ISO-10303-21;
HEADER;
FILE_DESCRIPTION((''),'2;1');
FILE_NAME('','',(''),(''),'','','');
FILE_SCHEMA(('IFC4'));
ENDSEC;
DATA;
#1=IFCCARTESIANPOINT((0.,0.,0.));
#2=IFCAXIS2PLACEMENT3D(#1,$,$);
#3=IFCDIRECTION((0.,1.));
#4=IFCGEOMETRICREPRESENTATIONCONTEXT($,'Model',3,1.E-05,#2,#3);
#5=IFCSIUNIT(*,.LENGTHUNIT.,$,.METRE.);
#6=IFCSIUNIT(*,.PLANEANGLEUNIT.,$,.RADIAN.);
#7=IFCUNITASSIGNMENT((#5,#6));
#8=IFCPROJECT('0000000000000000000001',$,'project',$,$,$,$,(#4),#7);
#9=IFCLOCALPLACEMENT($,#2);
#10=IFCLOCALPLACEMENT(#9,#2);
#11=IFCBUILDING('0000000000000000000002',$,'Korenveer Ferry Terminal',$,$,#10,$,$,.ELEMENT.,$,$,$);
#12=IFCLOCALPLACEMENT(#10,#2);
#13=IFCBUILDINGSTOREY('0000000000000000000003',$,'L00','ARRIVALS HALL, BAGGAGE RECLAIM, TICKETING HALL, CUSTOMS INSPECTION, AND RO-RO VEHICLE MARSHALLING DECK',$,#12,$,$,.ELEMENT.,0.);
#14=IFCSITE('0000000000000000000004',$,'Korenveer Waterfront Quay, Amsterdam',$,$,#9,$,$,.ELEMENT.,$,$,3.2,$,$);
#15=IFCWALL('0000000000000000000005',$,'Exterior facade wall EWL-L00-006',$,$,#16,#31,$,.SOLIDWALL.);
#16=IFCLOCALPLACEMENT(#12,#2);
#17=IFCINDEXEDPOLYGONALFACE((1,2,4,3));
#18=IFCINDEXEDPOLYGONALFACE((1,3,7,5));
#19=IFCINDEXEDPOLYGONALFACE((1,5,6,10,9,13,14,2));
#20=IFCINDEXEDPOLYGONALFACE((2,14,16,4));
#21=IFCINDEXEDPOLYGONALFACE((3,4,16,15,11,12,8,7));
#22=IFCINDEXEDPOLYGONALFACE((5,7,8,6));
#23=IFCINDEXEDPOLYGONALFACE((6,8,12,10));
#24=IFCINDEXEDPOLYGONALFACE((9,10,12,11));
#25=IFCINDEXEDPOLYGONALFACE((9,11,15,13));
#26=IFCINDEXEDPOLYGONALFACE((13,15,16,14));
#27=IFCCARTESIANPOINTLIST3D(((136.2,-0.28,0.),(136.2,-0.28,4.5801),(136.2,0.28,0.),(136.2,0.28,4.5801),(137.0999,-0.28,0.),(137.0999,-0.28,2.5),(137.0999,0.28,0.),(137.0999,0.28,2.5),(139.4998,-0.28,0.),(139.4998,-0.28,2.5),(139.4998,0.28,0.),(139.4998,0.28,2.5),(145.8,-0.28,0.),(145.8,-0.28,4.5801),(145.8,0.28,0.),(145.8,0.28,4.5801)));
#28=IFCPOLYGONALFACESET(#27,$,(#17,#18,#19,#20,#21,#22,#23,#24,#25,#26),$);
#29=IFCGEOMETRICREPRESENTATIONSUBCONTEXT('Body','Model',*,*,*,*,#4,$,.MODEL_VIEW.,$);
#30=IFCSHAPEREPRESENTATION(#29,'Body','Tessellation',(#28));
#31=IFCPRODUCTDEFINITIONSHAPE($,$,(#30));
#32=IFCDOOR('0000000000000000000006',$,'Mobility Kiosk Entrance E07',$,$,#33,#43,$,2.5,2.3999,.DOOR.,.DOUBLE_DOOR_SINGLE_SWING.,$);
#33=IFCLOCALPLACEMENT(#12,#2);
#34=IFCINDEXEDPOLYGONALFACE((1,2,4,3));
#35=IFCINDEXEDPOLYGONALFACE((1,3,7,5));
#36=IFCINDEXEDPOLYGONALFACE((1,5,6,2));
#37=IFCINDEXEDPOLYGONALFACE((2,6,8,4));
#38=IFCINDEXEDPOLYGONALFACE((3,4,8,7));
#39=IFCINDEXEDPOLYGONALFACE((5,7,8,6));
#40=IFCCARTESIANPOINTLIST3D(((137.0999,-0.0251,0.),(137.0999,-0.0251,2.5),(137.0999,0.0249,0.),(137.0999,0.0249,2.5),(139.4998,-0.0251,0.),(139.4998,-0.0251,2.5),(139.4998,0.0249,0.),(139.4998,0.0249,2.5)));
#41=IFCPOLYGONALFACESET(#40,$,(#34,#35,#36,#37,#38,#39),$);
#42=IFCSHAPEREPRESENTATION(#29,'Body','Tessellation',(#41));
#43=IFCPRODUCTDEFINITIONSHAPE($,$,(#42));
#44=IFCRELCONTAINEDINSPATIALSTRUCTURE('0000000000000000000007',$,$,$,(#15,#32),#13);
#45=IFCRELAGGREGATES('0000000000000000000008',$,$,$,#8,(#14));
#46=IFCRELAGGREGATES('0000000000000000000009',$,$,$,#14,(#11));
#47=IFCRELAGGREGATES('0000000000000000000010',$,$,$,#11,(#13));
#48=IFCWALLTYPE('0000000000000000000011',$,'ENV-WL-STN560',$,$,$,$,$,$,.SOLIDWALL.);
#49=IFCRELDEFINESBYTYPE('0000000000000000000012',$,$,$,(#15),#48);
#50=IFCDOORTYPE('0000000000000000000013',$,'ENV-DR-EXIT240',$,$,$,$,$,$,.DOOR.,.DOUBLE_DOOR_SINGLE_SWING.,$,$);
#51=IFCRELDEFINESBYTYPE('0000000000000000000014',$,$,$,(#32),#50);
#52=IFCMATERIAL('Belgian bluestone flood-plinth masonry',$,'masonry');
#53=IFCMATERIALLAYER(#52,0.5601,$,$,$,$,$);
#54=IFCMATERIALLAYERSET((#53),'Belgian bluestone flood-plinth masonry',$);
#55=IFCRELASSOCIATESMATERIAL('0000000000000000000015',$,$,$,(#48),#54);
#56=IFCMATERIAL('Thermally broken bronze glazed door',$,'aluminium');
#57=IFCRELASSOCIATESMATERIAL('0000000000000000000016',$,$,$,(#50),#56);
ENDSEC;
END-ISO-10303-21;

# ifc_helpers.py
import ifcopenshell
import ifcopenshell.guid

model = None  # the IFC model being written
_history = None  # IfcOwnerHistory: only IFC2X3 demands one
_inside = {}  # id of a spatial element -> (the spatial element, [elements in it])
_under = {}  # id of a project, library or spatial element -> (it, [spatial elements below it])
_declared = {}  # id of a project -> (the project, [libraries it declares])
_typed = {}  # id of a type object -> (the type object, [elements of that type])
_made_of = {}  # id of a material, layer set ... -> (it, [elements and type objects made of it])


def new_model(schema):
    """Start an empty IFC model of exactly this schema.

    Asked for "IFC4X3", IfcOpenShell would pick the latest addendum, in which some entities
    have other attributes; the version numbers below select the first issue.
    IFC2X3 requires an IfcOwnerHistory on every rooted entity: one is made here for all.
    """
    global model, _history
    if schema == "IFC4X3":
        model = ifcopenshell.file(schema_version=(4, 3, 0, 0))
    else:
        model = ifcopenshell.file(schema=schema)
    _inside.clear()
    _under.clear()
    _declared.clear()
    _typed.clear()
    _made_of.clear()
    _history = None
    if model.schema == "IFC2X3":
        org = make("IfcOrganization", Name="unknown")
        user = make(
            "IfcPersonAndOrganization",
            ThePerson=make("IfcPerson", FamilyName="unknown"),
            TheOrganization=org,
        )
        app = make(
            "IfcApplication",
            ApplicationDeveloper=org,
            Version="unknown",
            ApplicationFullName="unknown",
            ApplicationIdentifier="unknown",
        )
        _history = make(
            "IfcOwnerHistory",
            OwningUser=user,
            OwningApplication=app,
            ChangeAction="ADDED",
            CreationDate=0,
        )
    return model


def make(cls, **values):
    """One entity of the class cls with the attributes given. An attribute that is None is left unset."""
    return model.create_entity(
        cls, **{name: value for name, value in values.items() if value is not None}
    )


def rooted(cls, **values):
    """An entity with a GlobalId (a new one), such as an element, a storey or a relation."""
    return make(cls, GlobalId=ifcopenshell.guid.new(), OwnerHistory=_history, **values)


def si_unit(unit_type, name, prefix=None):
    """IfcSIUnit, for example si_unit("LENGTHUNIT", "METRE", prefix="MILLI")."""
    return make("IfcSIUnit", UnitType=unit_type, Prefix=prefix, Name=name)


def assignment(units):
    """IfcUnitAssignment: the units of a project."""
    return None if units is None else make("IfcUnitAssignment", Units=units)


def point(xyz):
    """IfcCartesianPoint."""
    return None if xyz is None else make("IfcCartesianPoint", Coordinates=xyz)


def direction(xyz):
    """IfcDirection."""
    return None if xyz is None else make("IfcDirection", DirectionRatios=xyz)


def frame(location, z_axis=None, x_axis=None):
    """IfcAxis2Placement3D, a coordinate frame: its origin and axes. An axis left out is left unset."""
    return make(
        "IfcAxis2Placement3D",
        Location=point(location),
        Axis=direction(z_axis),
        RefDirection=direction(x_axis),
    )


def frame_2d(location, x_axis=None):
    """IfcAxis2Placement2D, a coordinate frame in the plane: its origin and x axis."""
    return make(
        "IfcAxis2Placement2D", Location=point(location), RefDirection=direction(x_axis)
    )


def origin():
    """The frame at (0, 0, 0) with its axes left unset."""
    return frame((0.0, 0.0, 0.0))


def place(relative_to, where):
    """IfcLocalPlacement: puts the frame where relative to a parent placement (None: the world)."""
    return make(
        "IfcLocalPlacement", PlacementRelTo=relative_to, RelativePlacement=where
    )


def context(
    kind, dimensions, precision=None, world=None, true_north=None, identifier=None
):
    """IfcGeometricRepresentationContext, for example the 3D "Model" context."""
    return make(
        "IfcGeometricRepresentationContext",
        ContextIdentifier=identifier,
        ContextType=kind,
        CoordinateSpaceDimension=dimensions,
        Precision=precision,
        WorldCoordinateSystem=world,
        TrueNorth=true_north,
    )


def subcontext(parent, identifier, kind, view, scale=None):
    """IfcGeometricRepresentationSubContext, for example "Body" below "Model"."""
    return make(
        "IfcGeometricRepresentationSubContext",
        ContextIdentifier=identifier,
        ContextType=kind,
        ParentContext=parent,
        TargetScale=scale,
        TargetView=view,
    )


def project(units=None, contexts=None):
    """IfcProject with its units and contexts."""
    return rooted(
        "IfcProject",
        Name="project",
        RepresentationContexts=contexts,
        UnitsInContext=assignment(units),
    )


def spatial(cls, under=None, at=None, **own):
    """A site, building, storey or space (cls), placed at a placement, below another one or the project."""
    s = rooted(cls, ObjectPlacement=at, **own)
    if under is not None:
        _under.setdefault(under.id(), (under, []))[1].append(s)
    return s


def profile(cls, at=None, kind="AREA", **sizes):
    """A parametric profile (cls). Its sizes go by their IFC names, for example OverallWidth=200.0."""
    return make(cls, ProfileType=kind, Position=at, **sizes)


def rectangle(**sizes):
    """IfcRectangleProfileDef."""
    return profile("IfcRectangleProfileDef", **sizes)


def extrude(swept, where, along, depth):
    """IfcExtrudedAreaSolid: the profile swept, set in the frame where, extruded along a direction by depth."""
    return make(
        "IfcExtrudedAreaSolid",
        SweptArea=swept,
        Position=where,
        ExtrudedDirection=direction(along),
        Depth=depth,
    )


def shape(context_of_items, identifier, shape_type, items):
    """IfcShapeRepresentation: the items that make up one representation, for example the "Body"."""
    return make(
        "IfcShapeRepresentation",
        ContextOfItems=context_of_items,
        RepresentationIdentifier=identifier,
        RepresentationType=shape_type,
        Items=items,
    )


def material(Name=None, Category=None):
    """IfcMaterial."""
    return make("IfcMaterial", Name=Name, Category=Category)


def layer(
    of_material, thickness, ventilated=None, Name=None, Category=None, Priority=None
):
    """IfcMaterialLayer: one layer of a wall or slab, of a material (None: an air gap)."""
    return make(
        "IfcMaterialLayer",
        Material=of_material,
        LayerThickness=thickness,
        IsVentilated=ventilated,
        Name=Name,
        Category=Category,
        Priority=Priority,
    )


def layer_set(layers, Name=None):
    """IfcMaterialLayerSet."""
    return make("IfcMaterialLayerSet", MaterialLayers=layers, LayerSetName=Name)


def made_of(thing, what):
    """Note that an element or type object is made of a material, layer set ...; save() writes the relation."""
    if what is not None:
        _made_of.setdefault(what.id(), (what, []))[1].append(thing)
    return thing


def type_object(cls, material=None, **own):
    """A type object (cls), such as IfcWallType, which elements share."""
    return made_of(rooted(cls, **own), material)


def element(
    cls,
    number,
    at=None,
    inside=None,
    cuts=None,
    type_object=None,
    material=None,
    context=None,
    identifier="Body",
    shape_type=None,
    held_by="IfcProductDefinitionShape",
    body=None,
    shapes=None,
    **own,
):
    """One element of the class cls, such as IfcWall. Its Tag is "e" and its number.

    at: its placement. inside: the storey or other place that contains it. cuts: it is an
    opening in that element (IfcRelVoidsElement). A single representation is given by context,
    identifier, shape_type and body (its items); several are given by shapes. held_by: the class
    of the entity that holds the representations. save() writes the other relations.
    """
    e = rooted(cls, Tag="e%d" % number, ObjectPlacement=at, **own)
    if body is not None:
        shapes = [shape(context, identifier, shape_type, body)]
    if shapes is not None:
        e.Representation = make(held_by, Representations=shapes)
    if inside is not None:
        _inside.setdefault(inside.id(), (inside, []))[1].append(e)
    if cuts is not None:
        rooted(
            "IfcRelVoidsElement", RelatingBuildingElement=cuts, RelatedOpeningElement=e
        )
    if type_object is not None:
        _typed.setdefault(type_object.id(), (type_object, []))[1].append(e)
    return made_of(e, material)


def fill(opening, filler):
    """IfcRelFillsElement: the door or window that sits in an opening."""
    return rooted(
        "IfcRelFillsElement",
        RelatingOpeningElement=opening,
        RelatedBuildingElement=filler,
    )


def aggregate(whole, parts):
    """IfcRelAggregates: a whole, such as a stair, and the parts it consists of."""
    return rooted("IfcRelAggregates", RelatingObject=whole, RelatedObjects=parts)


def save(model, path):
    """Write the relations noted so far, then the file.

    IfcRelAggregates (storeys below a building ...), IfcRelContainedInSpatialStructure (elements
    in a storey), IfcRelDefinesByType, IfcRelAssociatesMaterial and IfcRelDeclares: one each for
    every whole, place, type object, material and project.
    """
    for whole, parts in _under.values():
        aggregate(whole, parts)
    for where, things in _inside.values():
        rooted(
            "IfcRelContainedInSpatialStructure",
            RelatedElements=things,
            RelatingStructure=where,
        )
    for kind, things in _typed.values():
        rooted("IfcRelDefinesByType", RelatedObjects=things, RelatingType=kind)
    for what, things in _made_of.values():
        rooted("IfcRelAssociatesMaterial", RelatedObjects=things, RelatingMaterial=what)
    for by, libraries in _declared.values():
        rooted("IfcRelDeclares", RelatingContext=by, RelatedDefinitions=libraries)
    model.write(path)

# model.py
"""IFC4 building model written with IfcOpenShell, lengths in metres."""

from ifc_helpers import new_model, si_unit, direction, frame, frame_2d, origin, place, context, subcontext, project, spatial, rectangle, extrude, material, layer, layer_set, type_object, element, fill, save


model = new_model("IFC4")

# Units and contexts
model_context = context("Model", 3, precision=1e-05, world=origin(), true_north=direction((0.0, 1.0)))
body_context = subcontext(model_context, "Body", "Model", "MODEL_VIEW")
ifc_project = project(units=[si_unit("LENGTHUNIT", "METRE"), si_unit("PLANEANGLEUNIT", "RADIAN")], contexts=[model_context])

# Site, building, storey
site_placement = place(None, origin())
site = spatial("IfcSite", under=ifc_project, at=site_placement, Name="Korenveer Waterfront Quay, Amsterdam", CompositionType="ELEMENT", RefElevation=3.2)
building_placement = place(site_placement, origin())
building = spatial("IfcBuilding", under=site, at=building_placement, Name="Korenveer Ferry Terminal", CompositionType="ELEMENT")
storey_placement = place(building_placement, origin())
storey = spatial("IfcBuildingStorey", under=building, at=storey_placement, Name="L00", Description="ARRIVALS HALL, BAGGAGE RECLAIM, TICKETING HALL, CUSTOMS INSPECTION, AND RO-RO VEHICLE MARSHALLING DECK", CompositionType="ELEMENT", Elevation=0.0)

# Shared definitions
ifc_material_1 = material(Name="Belgian bluestone flood-plinth masonry", Category="masonry")
ifc_layer_1 = layer(ifc_material_1, 0.5601)
ifc_layer_set_1 = layer_set([ifc_layer_1], Name="Belgian bluestone flood-plinth masonry")
wall_type = type_object("IfcWallType", Name="ENV-WL-STN560", PredefinedType="SOLIDWALL", material=ifc_layer_set_1)

# Wall, opening, door
wall_1_placement = place(storey_placement, frame((136.2, 0.0, 0.0), z_axis=(0.0, 0.0, 1.0), x_axis=(1.0, 0.0, 0.0)))
wall_1 = element("IfcWall", 1, at=wall_1_placement, inside=storey, type_object=wall_type, Name="Exterior facade wall EWL-L00-006", PredefinedType="SOLIDWALL", context=body_context, shape_type="SweptSolid", body=[
    extrude(rectangle(XDim=9.6001, YDim=0.5601, at=frame_2d((4.8, 0.0))), origin(), (0.0, 0.0, 1.0), 4.5801),
])
opening_1_placement = place(wall_1_placement, frame((0.8999, 0.0, 0.0)))
opening_1 = element("IfcOpeningElement", 2, at=opening_1_placement, cuts=wall_1, PredefinedType="OPENING", context=body_context, shape_type="SweptSolid", body=[
    extrude(rectangle(XDim=2.3999, YDim=2.5, at=frame_2d((1.2, 1.25))), frame((0.0, 0.29, 0.0), z_axis=(0.0, -1.0, 0.0), x_axis=(1.0, 0.0, 0.0)), (0.0, 0.0, 1.0), 0.5801),
])
ifc_material_2 = material(Name="Thermally broken bronze glazed door", Category="aluminium")
door_type = type_object("IfcDoorType", Name="ENV-DR-EXIT240", OperationType="DOUBLE_DOOR_SINGLE_SWING", PredefinedType="DOOR", material=ifc_material_2)
door_placement = place(opening_1_placement, origin())
door = element("IfcDoor", 3, at=door_placement, inside=storey, type_object=door_type, Name="Mobility Kiosk Entrance E07", OperationType="DOUBLE_DOOR_SINGLE_SWING", OverallHeight=2.5, OverallWidth=2.3999, PredefinedType="DOOR", context=body_context, shape_type="SweptSolid", body=[
    extrude(rectangle(XDim=2.3999, YDim=2.5, at=frame_2d((1.2, 1.25))), frame((0.0, 0.0249, 0.0), z_axis=(0.0, -1.0, 0.0), x_axis=(1.0, 0.0, 0.0)), (0.0, 0.0, 1.0), 0.05),
])
fill(opening_1, door)

save(model, "model.ifc")
